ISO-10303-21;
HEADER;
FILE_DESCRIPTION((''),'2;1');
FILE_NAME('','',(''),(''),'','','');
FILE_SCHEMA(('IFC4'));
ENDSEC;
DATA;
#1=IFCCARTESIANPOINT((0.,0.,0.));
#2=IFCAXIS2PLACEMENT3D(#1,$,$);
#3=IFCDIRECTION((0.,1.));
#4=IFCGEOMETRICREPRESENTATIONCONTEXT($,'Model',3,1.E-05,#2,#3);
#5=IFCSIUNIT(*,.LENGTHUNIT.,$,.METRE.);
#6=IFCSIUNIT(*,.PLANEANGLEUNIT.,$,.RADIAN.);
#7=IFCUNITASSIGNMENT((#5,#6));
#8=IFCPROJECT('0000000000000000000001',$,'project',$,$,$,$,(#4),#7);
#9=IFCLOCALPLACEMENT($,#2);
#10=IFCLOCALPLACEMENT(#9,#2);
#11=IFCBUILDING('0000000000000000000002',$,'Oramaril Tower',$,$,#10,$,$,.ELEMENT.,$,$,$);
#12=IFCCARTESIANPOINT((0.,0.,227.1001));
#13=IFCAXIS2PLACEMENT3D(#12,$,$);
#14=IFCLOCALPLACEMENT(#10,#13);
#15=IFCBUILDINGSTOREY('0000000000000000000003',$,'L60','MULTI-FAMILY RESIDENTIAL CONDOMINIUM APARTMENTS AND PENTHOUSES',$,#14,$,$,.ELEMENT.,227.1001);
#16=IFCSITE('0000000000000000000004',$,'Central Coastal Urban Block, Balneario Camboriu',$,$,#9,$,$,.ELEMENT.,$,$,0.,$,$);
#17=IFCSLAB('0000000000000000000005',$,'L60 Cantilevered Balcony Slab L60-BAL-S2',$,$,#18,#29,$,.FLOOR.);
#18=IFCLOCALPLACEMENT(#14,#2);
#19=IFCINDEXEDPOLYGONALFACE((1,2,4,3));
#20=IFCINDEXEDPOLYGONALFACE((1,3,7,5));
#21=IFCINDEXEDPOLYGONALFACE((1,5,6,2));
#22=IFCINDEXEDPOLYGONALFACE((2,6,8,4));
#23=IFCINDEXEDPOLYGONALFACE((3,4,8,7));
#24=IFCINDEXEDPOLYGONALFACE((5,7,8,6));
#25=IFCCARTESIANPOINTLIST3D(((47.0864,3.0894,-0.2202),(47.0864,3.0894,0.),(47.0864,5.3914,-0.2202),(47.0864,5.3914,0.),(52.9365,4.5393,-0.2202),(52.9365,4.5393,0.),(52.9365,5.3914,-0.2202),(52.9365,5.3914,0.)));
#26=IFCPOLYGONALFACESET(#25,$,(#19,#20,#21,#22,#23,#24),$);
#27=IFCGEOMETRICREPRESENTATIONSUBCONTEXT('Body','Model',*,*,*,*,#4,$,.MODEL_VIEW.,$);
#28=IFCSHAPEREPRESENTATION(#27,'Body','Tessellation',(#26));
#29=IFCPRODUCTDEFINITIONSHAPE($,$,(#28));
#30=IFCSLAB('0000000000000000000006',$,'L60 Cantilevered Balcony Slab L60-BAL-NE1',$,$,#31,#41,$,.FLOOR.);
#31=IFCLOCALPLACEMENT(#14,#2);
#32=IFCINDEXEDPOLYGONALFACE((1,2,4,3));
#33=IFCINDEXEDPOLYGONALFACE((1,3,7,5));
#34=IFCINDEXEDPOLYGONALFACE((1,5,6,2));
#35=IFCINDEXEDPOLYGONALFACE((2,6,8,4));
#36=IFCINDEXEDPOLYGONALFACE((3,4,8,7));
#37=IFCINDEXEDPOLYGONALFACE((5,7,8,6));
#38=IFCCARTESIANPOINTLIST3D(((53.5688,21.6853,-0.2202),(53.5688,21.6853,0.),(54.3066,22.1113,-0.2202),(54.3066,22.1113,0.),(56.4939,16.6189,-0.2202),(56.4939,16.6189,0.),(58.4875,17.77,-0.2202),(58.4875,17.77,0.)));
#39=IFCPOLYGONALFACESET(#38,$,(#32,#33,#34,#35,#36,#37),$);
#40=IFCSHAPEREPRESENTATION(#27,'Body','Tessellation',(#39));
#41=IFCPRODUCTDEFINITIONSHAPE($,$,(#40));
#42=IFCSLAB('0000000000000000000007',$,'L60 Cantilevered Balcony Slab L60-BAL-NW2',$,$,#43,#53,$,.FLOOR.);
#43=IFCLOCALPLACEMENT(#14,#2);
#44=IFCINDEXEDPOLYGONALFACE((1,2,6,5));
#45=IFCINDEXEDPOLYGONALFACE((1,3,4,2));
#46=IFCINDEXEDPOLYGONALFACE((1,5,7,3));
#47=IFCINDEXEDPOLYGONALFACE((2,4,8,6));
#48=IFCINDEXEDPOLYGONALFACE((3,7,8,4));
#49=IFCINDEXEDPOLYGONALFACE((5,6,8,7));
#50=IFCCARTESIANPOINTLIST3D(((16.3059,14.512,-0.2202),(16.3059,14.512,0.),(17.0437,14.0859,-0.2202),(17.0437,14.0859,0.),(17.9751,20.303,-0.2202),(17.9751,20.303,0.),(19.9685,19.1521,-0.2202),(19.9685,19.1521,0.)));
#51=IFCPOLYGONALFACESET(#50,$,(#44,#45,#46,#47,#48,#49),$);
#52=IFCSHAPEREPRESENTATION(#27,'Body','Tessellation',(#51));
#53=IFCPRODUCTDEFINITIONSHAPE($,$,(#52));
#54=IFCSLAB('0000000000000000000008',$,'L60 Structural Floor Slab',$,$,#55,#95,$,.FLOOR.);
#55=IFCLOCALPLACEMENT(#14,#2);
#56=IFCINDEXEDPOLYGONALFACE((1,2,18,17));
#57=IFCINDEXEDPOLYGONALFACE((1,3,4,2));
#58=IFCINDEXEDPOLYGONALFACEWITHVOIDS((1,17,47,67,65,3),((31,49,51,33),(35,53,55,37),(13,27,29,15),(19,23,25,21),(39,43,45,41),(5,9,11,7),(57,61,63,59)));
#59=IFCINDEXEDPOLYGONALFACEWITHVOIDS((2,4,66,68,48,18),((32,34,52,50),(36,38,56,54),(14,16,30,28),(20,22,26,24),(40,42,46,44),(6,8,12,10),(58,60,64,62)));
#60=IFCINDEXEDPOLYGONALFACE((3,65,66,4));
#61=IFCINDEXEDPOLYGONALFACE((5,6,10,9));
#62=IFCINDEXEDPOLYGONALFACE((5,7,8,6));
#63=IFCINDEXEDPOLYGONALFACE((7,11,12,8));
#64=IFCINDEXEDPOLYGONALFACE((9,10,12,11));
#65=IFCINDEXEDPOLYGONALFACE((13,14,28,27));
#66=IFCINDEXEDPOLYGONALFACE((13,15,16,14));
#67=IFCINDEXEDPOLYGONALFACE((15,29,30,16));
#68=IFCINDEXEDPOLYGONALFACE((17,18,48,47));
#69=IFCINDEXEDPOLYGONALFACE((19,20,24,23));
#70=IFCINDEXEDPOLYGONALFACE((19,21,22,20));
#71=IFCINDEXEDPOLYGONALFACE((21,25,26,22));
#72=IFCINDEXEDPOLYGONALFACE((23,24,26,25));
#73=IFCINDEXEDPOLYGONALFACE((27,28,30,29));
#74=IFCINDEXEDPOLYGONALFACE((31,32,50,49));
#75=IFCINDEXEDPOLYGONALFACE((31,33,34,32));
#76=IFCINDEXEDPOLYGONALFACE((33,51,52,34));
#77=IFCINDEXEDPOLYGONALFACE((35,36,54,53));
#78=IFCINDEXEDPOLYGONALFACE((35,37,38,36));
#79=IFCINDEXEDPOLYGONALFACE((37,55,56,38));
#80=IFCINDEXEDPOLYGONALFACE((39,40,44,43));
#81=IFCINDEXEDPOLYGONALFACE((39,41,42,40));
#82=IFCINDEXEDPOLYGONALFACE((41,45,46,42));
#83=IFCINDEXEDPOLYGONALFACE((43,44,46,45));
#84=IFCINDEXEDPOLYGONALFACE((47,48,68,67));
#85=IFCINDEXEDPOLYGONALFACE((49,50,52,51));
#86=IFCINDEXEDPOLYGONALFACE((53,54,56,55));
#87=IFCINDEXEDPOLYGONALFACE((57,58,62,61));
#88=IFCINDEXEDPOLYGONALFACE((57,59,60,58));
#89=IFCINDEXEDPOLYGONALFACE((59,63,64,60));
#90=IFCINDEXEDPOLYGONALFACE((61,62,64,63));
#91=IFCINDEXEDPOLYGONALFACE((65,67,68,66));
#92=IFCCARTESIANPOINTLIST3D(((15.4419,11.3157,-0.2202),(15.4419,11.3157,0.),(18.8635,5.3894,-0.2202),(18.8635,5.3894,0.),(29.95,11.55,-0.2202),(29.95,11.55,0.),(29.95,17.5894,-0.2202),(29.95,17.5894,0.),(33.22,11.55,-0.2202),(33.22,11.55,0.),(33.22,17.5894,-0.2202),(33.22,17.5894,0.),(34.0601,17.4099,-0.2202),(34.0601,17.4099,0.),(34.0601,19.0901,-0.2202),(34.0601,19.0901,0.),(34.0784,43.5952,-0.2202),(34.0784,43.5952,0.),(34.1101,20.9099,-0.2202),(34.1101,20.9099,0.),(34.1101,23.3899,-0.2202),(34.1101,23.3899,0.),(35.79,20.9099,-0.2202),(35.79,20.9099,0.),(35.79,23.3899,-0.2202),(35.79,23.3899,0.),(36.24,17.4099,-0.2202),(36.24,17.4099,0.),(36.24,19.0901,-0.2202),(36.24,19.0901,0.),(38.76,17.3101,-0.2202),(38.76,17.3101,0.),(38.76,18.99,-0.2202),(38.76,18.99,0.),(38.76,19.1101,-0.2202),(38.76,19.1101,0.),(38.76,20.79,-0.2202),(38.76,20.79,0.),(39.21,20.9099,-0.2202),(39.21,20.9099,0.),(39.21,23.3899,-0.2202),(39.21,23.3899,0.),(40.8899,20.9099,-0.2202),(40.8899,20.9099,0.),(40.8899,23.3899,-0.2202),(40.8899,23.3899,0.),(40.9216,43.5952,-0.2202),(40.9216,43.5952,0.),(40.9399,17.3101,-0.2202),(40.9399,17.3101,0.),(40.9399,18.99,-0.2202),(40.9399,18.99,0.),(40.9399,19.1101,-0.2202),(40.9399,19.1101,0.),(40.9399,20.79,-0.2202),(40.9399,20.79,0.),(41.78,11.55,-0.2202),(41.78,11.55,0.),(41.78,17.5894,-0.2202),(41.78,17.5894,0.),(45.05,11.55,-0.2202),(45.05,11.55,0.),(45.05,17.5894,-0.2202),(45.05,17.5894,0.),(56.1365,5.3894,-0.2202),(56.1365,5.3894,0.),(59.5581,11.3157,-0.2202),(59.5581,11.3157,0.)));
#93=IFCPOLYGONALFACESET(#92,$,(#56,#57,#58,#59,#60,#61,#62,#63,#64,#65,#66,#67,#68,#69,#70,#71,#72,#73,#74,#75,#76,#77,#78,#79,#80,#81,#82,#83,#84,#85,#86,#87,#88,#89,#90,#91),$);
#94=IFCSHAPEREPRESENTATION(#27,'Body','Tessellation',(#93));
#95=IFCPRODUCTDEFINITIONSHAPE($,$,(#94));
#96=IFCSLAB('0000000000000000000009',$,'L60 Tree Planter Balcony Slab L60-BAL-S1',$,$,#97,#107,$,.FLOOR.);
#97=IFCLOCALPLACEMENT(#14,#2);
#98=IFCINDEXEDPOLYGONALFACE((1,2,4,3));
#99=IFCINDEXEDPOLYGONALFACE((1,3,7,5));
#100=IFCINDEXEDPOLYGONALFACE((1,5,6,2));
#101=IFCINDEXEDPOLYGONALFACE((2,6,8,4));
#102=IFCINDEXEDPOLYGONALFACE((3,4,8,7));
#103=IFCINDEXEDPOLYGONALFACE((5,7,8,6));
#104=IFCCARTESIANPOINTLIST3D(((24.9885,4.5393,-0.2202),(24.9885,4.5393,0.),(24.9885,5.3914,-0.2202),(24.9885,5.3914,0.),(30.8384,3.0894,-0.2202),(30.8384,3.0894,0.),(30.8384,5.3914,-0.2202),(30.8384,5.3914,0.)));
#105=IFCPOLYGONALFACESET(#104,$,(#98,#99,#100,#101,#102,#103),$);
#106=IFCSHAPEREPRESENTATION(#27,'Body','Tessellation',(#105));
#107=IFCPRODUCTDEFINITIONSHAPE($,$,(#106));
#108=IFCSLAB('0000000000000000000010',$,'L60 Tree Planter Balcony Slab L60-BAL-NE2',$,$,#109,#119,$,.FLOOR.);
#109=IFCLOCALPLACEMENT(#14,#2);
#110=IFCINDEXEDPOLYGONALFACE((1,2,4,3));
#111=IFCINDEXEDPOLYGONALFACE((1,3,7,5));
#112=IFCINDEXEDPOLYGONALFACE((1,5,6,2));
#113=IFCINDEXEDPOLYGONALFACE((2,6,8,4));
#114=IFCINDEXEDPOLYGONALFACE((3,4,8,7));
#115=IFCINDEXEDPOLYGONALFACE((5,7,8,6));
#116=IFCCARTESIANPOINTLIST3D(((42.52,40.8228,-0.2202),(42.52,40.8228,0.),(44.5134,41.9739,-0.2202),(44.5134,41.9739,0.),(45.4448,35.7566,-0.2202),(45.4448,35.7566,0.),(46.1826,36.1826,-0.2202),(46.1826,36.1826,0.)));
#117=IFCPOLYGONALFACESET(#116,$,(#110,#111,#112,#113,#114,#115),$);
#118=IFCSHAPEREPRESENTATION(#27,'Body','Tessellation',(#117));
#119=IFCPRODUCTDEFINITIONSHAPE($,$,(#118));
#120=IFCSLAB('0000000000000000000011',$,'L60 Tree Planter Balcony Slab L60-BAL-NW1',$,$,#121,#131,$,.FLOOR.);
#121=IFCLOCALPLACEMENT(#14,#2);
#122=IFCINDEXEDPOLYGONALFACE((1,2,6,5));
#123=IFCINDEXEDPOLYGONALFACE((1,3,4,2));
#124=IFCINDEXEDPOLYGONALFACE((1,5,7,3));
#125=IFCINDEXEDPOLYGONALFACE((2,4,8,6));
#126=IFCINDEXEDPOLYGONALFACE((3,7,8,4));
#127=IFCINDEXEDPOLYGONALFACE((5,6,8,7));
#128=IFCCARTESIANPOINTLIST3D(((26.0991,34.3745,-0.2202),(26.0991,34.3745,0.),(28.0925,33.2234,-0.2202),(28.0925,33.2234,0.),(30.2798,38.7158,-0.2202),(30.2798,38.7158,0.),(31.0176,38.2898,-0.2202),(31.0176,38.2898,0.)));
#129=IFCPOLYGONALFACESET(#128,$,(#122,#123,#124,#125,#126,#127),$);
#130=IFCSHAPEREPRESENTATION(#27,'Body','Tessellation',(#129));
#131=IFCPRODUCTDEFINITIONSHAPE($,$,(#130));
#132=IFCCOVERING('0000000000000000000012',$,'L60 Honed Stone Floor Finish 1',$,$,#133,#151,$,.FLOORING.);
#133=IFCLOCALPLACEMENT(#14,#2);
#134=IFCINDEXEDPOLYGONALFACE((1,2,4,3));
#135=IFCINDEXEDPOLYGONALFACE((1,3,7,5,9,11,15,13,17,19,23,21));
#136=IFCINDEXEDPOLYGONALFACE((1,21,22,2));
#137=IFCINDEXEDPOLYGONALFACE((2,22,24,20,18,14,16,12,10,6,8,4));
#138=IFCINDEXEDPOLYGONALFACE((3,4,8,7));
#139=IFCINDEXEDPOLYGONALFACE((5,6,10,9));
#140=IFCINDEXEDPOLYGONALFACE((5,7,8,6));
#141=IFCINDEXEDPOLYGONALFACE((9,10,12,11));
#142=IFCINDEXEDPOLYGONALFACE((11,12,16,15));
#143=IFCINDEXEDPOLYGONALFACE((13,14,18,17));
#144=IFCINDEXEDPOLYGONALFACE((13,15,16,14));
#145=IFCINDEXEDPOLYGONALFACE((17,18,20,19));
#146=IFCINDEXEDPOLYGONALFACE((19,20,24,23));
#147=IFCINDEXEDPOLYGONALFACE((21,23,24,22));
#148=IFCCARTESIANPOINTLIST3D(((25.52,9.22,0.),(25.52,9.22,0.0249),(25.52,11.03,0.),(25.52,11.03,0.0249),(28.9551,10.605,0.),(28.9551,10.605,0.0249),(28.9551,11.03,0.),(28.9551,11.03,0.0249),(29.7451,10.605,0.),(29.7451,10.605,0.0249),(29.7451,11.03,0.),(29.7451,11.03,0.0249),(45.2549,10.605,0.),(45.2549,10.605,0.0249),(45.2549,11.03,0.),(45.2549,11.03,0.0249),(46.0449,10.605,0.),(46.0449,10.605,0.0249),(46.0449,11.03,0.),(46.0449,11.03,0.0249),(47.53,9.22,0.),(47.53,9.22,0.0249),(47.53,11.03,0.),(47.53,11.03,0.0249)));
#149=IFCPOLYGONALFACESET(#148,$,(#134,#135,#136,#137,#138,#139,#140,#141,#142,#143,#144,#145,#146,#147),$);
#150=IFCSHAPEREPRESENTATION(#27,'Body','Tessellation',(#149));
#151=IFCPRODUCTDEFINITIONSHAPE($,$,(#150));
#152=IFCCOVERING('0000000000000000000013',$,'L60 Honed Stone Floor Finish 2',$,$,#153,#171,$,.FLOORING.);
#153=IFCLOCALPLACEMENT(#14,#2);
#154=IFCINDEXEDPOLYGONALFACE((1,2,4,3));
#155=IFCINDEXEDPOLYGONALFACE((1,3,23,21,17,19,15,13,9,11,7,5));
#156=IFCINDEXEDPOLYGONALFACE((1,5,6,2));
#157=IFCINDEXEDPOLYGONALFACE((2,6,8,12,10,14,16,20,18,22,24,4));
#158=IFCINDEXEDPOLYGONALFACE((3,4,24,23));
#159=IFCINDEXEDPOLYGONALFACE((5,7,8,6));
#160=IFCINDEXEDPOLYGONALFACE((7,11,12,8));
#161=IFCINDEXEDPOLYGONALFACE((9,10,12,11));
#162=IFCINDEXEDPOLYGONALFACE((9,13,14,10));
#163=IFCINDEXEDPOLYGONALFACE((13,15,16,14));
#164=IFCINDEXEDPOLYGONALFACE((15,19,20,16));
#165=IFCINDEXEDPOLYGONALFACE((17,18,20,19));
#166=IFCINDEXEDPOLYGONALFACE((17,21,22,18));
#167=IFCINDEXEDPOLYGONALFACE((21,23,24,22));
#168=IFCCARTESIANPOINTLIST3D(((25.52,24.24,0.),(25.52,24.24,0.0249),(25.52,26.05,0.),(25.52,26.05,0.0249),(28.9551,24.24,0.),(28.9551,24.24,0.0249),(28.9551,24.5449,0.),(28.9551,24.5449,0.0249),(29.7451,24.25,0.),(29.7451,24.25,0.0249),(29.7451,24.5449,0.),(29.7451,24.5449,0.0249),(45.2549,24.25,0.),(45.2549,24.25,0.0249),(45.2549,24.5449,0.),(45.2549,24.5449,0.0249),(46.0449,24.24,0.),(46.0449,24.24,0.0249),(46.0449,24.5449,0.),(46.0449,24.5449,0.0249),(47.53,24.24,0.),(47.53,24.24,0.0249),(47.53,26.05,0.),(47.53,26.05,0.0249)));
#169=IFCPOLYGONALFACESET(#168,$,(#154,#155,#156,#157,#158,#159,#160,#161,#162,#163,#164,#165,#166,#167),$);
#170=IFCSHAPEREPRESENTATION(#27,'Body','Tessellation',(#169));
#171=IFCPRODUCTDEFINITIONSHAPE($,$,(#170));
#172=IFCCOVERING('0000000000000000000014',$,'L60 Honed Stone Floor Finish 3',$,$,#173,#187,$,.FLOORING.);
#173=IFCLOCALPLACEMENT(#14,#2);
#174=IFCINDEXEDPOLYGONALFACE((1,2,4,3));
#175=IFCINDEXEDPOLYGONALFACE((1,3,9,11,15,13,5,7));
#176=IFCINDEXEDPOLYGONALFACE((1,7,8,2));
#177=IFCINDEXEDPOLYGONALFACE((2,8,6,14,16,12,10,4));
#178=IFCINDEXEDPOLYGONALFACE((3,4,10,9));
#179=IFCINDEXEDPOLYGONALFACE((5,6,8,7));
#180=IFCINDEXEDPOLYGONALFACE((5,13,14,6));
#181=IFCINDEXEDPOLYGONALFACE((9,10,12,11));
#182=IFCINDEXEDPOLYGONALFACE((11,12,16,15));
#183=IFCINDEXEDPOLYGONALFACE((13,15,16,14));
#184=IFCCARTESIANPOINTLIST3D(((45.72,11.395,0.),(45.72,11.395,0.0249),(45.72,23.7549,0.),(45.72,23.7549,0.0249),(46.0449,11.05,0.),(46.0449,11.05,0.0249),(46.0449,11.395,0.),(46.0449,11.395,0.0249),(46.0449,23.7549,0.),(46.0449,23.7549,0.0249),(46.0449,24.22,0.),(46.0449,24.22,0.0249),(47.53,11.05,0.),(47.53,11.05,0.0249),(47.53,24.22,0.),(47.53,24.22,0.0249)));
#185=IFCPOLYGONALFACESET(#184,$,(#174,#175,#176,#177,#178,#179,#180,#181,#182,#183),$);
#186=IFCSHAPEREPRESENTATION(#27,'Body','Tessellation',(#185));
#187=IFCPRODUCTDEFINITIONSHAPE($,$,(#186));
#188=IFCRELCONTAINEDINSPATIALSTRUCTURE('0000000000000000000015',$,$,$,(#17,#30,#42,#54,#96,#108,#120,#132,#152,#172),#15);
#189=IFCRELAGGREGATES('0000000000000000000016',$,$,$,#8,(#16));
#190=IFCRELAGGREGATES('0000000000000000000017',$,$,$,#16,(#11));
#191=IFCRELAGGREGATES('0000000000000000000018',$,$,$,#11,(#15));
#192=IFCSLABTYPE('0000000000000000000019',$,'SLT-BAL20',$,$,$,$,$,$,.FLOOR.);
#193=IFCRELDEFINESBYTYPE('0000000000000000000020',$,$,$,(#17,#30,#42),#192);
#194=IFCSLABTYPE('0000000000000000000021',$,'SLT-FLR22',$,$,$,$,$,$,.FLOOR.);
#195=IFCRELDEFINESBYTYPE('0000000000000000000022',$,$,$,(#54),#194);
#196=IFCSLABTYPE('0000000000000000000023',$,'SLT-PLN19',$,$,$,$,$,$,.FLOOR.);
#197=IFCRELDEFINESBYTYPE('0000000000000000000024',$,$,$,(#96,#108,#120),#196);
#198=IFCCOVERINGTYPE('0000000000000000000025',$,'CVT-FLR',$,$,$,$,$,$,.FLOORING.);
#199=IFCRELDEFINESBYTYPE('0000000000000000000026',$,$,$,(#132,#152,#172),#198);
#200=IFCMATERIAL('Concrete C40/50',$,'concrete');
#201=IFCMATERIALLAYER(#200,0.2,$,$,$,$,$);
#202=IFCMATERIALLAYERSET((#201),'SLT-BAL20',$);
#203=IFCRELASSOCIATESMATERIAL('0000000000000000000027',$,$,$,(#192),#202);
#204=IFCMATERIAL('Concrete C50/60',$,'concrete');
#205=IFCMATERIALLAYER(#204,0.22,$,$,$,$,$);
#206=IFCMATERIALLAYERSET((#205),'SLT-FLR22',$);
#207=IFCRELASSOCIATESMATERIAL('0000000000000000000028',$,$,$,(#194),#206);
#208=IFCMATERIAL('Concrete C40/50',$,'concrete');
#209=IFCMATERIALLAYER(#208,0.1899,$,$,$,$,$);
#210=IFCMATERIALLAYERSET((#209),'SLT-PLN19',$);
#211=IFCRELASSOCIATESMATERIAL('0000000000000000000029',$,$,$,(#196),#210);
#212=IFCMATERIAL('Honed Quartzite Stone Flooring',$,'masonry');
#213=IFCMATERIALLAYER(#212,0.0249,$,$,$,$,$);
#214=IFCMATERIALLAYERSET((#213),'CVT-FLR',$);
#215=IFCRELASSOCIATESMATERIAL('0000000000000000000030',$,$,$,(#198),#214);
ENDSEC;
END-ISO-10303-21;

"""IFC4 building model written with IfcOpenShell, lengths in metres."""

from ifc_helpers import new_model, si_unit, direction, frame, origin, place, context, subcontext, project, spatial, polyline, outline, extrude, material, layer, layer_set, type_object, element, save


model = new_model("IFC4")

# Units and contexts
model_context = context("Model", 3, precision=1e-05, world=origin(), true_north=direction((0.0, 1.0)))
body_context = subcontext(model_context, "Body", "Model", "MODEL_VIEW")
ifc_project = project(units=[si_unit("LENGTHUNIT", "METRE"), si_unit("PLANEANGLEUNIT", "RADIAN")], contexts=[model_context])

# Site, building, storey
site_placement = place(None, origin())
site = spatial("IfcSite", under=ifc_project, at=site_placement, Name="Central Coastal Urban Block, Balneario Camboriu", CompositionType="ELEMENT", RefElevation=0.0)
building_placement = place(site_placement, origin())
building = spatial("IfcBuilding", under=site, at=building_placement, Name="Oramaril Tower", CompositionType="ELEMENT")
storey_placement = place(building_placement, frame((0.0, 0.0, 227.1001)))
storey = spatial("IfcBuildingStorey", under=building, at=storey_placement, Name="L60", Description="MULTI-FAMILY RESIDENTIAL CONDOMINIUM APARTMENTS AND PENTHOUSES", CompositionType="ELEMENT", Elevation=227.1001)

# Slabs
ifc_material_1 = material(Name="Concrete C40/50", Category="concrete")
ifc_layer_1 = layer(ifc_material_1, 0.2)
ifc_layer_set_1 = layer_set([ifc_layer_1], Name="SLT-BAL20")
slab_type_1 = type_object("IfcSlabType", Name="SLT-BAL20", PredefinedType="FLOOR", material=ifc_layer_set_1)
slab_1_placement = place(storey_placement, frame((0.0, 0.0, -0.2202)))
element("IfcSlab", 1, at=slab_1_placement, inside=storey, type_object=slab_type_1, Name="L60 Cantilevered Balcony Slab L60-BAL-S2", PredefinedType="FLOOR", context=body_context, shape_type="SweptSolid", body=[
    extrude(outline(polyline([(47.0864, 5.3914), (52.9365, 5.3914), (52.9365, 4.5393), (47.0864, 3.0894), (47.0864, 5.3914)])), origin(), (0.0, 0.0, 1.0), 0.2202),
])
slab_2_placement = place(storey_placement, frame((0.0, 0.0, -0.2202)))
element("IfcSlab", 2, at=slab_2_placement, inside=storey, type_object=slab_type_1, Name="L60 Cantilevered Balcony Slab L60-BAL-NE1", PredefinedType="FLOOR", context=body_context, shape_type="SweptSolid", body=[
    extrude(outline(polyline([(56.4939, 16.6189), (53.5688, 21.6853), (54.3066, 22.1113), (58.4875, 17.77), (56.4939, 16.6189)])), origin(), (0.0, 0.0, 1.0), 0.2202),
])
slab_3_placement = place(storey_placement, frame((0.0, 0.0, -0.2202)))
element("IfcSlab", 3, at=slab_3_placement, inside=storey, type_object=slab_type_1, Name="L60 Cantilevered Balcony Slab L60-BAL-NW2", PredefinedType="FLOOR", context=body_context, shape_type="SweptSolid", body=[
    extrude(outline(polyline([(19.9685, 19.1521), (17.0437, 14.0859), (16.3059, 14.512), (17.9751, 20.303), (19.9685, 19.1521)])), origin(), (0.0, 0.0, 1.0), 0.2202),
])
ifc_material_2 = material(Name="Concrete C50/60", Category="concrete")
ifc_layer_2 = layer(ifc_material_2, 0.22)
ifc_layer_set_2 = layer_set([ifc_layer_2], Name="SLT-FLR22")
slab_type_2 = type_object("IfcSlabType", Name="SLT-FLR22", PredefinedType="FLOOR", material=ifc_layer_set_2)
slab_4_placement = place(storey_placement, frame((0.0, 0.0, -0.2202)))
element("IfcSlab", 4, at=slab_4_placement, inside=storey, type_object=slab_type_2, Name="L60 Structural Floor Slab", PredefinedType="FLOOR", context=body_context, shape_type="SweptSolid", body=[
    extrude(outline(polyline([(15.4419, 11.3157), (18.8635, 5.3894), (56.1365, 5.3894), (59.5581, 11.3157), (40.9216, 43.5952), (34.0784, 43.5952), (15.4419, 11.3157)]), holes=[polyline([(29.95, 17.5894), (29.95, 11.55), (33.22, 11.55), (33.22, 17.5894), (29.95, 17.5894)]), polyline([(41.78, 17.5894), (41.78, 11.55), (45.05, 11.55), (45.05, 17.5894), (41.78, 17.5894)]), polyline([(34.1101, 20.9099), (35.79, 20.9099), (35.79, 23.3899), (34.1101, 23.3899), (34.1101, 20.9099)]), polyline([(39.21, 20.9099), (40.8899, 20.9099), (40.8899, 23.3899), (39.21, 23.3899), (39.21, 20.9099)]), polyline([(34.0601, 17.4099), (36.24, 17.4099), (36.24, 19.0901), (34.0601, 19.0901), (34.0601, 17.4099)]), polyline([(38.76, 17.3101), (40.9399, 17.3101), (40.9399, 18.99), (38.76, 18.99), (38.76, 17.3101)]), polyline([(38.76, 19.1101), (40.9399, 19.1101), (40.9399, 20.79), (38.76, 20.79), (38.76, 19.1101)])]), origin(), (0.0, 0.0, 1.0), 0.2202),
])
ifc_material_3 = material(Name="Concrete C40/50", Category="concrete")
ifc_layer_3 = layer(ifc_material_3, 0.1899)
ifc_layer_set_3 = layer_set([ifc_layer_3], Name="SLT-PLN19")
slab_type_3 = type_object("IfcSlabType", Name="SLT-PLN19", PredefinedType="FLOOR", material=ifc_layer_set_3)
slab_5_placement = place(storey_placement, frame((0.0, 0.0, -0.2202)))
element("IfcSlab", 5, at=slab_5_placement, inside=storey, type_object=slab_type_3, Name="L60 Tree Planter Balcony Slab L60-BAL-S1", PredefinedType="FLOOR", context=body_context, shape_type="SweptSolid", body=[
    extrude(outline(polyline([(24.9885, 5.3914), (30.8384, 5.3914), (30.8384, 3.0894), (24.9885, 4.5393), (24.9885, 5.3914)])), origin(), (0.0, 0.0, 1.0), 0.2202),
])
slab_6_placement = place(storey_placement, frame((0.0, 0.0, -0.2202)))
element("IfcSlab", 6, at=slab_6_placement, inside=storey, type_object=slab_type_3, Name="L60 Tree Planter Balcony Slab L60-BAL-NE2", PredefinedType="FLOOR", context=body_context, shape_type="SweptSolid", body=[
    extrude(outline(polyline([(45.4448, 35.7566), (42.52, 40.8228), (44.5134, 41.9739), (46.1826, 36.1826), (45.4448, 35.7566)])), origin(), (0.0, 0.0, 1.0), 0.2202),
])
slab_7_placement = place(storey_placement, frame((0.0, 0.0, -0.2202)))
element("IfcSlab", 7, at=slab_7_placement, inside=storey, type_object=slab_type_3, Name="L60 Tree Planter Balcony Slab L60-BAL-NW1", PredefinedType="FLOOR", context=body_context, shape_type="SweptSolid", body=[
    extrude(outline(polyline([(31.0176, 38.2898), (28.0925, 33.2234), (26.0991, 34.3745), (30.2798, 38.7158), (31.0176, 38.2898)])), origin(), (0.0, 0.0, 1.0), 0.2202),
])

# Coverings
ifc_material_4 = material(Name="Honed Quartzite Stone Flooring", Category="masonry")
ifc_layer_4 = layer(ifc_material_4, 0.0249)
ifc_layer_set_4 = layer_set([ifc_layer_4], Name="CVT-FLR")
covering_type = type_object("IfcCoveringType", Name="CVT-FLR", PredefinedType="FLOORING", material=ifc_layer_set_4)
covering_1_placement = place(storey_placement, origin())
element("IfcCovering", 8, at=covering_1_placement, inside=storey, type_object=covering_type, Name="L60 Honed Stone Floor Finish 1", PredefinedType="FLOORING", context=body_context, shape_type="SweptSolid", body=[
    extrude(outline(polyline([(28.9551, 10.605), (29.7451, 10.605), (29.7451, 11.03), (45.2549, 11.03), (45.2549, 10.605), (46.0449, 10.605), (46.0449, 11.03), (47.53, 11.03), (47.53, 9.22), (25.52, 9.22), (25.52, 11.03), (28.9551, 11.03), (28.9551, 10.605)])), origin(), (0.0, 0.0, 1.0), 0.0249),
])
covering_2_placement = place(storey_placement, origin())
element("IfcCovering", 9, at=covering_2_placement, inside=storey, type_object=covering_type, Name="L60 Honed Stone Floor Finish 2", PredefinedType="FLOORING", context=body_context, shape_type="SweptSolid", body=[
    extrude(outline(polyline([(47.53, 24.24), (46.0449, 24.24), (46.0449, 24.5449), (45.2549, 24.5449), (45.2549, 24.25), (29.7451, 24.25), (29.7451, 24.5449), (28.9551, 24.5449), (28.9551, 24.24), (25.52, 24.24), (25.52, 26.05), (47.53, 26.05), (47.53, 24.24)])), origin(), (0.0, 0.0, 1.0), 0.0249),
])
covering_3_placement = place(storey_placement, origin())
element("IfcCovering", 10, at=covering_3_placement, inside=storey, type_object=covering_type, Name="L60 Honed Stone Floor Finish 3", PredefinedType="FLOORING", context=body_context, shape_type="SweptSolid", body=[
    extrude(outline(polyline([(47.53, 11.05), (46.0449, 11.05), (46.0449, 11.395), (45.72, 11.395), (45.72, 23.7549), (46.0449, 23.7549), (46.0449, 24.22), (47.53, 24.22), (47.53, 11.05)])), origin(), (0.0, 0.0, 1.0), 0.0249),
])

save(model, "model.ifc")
